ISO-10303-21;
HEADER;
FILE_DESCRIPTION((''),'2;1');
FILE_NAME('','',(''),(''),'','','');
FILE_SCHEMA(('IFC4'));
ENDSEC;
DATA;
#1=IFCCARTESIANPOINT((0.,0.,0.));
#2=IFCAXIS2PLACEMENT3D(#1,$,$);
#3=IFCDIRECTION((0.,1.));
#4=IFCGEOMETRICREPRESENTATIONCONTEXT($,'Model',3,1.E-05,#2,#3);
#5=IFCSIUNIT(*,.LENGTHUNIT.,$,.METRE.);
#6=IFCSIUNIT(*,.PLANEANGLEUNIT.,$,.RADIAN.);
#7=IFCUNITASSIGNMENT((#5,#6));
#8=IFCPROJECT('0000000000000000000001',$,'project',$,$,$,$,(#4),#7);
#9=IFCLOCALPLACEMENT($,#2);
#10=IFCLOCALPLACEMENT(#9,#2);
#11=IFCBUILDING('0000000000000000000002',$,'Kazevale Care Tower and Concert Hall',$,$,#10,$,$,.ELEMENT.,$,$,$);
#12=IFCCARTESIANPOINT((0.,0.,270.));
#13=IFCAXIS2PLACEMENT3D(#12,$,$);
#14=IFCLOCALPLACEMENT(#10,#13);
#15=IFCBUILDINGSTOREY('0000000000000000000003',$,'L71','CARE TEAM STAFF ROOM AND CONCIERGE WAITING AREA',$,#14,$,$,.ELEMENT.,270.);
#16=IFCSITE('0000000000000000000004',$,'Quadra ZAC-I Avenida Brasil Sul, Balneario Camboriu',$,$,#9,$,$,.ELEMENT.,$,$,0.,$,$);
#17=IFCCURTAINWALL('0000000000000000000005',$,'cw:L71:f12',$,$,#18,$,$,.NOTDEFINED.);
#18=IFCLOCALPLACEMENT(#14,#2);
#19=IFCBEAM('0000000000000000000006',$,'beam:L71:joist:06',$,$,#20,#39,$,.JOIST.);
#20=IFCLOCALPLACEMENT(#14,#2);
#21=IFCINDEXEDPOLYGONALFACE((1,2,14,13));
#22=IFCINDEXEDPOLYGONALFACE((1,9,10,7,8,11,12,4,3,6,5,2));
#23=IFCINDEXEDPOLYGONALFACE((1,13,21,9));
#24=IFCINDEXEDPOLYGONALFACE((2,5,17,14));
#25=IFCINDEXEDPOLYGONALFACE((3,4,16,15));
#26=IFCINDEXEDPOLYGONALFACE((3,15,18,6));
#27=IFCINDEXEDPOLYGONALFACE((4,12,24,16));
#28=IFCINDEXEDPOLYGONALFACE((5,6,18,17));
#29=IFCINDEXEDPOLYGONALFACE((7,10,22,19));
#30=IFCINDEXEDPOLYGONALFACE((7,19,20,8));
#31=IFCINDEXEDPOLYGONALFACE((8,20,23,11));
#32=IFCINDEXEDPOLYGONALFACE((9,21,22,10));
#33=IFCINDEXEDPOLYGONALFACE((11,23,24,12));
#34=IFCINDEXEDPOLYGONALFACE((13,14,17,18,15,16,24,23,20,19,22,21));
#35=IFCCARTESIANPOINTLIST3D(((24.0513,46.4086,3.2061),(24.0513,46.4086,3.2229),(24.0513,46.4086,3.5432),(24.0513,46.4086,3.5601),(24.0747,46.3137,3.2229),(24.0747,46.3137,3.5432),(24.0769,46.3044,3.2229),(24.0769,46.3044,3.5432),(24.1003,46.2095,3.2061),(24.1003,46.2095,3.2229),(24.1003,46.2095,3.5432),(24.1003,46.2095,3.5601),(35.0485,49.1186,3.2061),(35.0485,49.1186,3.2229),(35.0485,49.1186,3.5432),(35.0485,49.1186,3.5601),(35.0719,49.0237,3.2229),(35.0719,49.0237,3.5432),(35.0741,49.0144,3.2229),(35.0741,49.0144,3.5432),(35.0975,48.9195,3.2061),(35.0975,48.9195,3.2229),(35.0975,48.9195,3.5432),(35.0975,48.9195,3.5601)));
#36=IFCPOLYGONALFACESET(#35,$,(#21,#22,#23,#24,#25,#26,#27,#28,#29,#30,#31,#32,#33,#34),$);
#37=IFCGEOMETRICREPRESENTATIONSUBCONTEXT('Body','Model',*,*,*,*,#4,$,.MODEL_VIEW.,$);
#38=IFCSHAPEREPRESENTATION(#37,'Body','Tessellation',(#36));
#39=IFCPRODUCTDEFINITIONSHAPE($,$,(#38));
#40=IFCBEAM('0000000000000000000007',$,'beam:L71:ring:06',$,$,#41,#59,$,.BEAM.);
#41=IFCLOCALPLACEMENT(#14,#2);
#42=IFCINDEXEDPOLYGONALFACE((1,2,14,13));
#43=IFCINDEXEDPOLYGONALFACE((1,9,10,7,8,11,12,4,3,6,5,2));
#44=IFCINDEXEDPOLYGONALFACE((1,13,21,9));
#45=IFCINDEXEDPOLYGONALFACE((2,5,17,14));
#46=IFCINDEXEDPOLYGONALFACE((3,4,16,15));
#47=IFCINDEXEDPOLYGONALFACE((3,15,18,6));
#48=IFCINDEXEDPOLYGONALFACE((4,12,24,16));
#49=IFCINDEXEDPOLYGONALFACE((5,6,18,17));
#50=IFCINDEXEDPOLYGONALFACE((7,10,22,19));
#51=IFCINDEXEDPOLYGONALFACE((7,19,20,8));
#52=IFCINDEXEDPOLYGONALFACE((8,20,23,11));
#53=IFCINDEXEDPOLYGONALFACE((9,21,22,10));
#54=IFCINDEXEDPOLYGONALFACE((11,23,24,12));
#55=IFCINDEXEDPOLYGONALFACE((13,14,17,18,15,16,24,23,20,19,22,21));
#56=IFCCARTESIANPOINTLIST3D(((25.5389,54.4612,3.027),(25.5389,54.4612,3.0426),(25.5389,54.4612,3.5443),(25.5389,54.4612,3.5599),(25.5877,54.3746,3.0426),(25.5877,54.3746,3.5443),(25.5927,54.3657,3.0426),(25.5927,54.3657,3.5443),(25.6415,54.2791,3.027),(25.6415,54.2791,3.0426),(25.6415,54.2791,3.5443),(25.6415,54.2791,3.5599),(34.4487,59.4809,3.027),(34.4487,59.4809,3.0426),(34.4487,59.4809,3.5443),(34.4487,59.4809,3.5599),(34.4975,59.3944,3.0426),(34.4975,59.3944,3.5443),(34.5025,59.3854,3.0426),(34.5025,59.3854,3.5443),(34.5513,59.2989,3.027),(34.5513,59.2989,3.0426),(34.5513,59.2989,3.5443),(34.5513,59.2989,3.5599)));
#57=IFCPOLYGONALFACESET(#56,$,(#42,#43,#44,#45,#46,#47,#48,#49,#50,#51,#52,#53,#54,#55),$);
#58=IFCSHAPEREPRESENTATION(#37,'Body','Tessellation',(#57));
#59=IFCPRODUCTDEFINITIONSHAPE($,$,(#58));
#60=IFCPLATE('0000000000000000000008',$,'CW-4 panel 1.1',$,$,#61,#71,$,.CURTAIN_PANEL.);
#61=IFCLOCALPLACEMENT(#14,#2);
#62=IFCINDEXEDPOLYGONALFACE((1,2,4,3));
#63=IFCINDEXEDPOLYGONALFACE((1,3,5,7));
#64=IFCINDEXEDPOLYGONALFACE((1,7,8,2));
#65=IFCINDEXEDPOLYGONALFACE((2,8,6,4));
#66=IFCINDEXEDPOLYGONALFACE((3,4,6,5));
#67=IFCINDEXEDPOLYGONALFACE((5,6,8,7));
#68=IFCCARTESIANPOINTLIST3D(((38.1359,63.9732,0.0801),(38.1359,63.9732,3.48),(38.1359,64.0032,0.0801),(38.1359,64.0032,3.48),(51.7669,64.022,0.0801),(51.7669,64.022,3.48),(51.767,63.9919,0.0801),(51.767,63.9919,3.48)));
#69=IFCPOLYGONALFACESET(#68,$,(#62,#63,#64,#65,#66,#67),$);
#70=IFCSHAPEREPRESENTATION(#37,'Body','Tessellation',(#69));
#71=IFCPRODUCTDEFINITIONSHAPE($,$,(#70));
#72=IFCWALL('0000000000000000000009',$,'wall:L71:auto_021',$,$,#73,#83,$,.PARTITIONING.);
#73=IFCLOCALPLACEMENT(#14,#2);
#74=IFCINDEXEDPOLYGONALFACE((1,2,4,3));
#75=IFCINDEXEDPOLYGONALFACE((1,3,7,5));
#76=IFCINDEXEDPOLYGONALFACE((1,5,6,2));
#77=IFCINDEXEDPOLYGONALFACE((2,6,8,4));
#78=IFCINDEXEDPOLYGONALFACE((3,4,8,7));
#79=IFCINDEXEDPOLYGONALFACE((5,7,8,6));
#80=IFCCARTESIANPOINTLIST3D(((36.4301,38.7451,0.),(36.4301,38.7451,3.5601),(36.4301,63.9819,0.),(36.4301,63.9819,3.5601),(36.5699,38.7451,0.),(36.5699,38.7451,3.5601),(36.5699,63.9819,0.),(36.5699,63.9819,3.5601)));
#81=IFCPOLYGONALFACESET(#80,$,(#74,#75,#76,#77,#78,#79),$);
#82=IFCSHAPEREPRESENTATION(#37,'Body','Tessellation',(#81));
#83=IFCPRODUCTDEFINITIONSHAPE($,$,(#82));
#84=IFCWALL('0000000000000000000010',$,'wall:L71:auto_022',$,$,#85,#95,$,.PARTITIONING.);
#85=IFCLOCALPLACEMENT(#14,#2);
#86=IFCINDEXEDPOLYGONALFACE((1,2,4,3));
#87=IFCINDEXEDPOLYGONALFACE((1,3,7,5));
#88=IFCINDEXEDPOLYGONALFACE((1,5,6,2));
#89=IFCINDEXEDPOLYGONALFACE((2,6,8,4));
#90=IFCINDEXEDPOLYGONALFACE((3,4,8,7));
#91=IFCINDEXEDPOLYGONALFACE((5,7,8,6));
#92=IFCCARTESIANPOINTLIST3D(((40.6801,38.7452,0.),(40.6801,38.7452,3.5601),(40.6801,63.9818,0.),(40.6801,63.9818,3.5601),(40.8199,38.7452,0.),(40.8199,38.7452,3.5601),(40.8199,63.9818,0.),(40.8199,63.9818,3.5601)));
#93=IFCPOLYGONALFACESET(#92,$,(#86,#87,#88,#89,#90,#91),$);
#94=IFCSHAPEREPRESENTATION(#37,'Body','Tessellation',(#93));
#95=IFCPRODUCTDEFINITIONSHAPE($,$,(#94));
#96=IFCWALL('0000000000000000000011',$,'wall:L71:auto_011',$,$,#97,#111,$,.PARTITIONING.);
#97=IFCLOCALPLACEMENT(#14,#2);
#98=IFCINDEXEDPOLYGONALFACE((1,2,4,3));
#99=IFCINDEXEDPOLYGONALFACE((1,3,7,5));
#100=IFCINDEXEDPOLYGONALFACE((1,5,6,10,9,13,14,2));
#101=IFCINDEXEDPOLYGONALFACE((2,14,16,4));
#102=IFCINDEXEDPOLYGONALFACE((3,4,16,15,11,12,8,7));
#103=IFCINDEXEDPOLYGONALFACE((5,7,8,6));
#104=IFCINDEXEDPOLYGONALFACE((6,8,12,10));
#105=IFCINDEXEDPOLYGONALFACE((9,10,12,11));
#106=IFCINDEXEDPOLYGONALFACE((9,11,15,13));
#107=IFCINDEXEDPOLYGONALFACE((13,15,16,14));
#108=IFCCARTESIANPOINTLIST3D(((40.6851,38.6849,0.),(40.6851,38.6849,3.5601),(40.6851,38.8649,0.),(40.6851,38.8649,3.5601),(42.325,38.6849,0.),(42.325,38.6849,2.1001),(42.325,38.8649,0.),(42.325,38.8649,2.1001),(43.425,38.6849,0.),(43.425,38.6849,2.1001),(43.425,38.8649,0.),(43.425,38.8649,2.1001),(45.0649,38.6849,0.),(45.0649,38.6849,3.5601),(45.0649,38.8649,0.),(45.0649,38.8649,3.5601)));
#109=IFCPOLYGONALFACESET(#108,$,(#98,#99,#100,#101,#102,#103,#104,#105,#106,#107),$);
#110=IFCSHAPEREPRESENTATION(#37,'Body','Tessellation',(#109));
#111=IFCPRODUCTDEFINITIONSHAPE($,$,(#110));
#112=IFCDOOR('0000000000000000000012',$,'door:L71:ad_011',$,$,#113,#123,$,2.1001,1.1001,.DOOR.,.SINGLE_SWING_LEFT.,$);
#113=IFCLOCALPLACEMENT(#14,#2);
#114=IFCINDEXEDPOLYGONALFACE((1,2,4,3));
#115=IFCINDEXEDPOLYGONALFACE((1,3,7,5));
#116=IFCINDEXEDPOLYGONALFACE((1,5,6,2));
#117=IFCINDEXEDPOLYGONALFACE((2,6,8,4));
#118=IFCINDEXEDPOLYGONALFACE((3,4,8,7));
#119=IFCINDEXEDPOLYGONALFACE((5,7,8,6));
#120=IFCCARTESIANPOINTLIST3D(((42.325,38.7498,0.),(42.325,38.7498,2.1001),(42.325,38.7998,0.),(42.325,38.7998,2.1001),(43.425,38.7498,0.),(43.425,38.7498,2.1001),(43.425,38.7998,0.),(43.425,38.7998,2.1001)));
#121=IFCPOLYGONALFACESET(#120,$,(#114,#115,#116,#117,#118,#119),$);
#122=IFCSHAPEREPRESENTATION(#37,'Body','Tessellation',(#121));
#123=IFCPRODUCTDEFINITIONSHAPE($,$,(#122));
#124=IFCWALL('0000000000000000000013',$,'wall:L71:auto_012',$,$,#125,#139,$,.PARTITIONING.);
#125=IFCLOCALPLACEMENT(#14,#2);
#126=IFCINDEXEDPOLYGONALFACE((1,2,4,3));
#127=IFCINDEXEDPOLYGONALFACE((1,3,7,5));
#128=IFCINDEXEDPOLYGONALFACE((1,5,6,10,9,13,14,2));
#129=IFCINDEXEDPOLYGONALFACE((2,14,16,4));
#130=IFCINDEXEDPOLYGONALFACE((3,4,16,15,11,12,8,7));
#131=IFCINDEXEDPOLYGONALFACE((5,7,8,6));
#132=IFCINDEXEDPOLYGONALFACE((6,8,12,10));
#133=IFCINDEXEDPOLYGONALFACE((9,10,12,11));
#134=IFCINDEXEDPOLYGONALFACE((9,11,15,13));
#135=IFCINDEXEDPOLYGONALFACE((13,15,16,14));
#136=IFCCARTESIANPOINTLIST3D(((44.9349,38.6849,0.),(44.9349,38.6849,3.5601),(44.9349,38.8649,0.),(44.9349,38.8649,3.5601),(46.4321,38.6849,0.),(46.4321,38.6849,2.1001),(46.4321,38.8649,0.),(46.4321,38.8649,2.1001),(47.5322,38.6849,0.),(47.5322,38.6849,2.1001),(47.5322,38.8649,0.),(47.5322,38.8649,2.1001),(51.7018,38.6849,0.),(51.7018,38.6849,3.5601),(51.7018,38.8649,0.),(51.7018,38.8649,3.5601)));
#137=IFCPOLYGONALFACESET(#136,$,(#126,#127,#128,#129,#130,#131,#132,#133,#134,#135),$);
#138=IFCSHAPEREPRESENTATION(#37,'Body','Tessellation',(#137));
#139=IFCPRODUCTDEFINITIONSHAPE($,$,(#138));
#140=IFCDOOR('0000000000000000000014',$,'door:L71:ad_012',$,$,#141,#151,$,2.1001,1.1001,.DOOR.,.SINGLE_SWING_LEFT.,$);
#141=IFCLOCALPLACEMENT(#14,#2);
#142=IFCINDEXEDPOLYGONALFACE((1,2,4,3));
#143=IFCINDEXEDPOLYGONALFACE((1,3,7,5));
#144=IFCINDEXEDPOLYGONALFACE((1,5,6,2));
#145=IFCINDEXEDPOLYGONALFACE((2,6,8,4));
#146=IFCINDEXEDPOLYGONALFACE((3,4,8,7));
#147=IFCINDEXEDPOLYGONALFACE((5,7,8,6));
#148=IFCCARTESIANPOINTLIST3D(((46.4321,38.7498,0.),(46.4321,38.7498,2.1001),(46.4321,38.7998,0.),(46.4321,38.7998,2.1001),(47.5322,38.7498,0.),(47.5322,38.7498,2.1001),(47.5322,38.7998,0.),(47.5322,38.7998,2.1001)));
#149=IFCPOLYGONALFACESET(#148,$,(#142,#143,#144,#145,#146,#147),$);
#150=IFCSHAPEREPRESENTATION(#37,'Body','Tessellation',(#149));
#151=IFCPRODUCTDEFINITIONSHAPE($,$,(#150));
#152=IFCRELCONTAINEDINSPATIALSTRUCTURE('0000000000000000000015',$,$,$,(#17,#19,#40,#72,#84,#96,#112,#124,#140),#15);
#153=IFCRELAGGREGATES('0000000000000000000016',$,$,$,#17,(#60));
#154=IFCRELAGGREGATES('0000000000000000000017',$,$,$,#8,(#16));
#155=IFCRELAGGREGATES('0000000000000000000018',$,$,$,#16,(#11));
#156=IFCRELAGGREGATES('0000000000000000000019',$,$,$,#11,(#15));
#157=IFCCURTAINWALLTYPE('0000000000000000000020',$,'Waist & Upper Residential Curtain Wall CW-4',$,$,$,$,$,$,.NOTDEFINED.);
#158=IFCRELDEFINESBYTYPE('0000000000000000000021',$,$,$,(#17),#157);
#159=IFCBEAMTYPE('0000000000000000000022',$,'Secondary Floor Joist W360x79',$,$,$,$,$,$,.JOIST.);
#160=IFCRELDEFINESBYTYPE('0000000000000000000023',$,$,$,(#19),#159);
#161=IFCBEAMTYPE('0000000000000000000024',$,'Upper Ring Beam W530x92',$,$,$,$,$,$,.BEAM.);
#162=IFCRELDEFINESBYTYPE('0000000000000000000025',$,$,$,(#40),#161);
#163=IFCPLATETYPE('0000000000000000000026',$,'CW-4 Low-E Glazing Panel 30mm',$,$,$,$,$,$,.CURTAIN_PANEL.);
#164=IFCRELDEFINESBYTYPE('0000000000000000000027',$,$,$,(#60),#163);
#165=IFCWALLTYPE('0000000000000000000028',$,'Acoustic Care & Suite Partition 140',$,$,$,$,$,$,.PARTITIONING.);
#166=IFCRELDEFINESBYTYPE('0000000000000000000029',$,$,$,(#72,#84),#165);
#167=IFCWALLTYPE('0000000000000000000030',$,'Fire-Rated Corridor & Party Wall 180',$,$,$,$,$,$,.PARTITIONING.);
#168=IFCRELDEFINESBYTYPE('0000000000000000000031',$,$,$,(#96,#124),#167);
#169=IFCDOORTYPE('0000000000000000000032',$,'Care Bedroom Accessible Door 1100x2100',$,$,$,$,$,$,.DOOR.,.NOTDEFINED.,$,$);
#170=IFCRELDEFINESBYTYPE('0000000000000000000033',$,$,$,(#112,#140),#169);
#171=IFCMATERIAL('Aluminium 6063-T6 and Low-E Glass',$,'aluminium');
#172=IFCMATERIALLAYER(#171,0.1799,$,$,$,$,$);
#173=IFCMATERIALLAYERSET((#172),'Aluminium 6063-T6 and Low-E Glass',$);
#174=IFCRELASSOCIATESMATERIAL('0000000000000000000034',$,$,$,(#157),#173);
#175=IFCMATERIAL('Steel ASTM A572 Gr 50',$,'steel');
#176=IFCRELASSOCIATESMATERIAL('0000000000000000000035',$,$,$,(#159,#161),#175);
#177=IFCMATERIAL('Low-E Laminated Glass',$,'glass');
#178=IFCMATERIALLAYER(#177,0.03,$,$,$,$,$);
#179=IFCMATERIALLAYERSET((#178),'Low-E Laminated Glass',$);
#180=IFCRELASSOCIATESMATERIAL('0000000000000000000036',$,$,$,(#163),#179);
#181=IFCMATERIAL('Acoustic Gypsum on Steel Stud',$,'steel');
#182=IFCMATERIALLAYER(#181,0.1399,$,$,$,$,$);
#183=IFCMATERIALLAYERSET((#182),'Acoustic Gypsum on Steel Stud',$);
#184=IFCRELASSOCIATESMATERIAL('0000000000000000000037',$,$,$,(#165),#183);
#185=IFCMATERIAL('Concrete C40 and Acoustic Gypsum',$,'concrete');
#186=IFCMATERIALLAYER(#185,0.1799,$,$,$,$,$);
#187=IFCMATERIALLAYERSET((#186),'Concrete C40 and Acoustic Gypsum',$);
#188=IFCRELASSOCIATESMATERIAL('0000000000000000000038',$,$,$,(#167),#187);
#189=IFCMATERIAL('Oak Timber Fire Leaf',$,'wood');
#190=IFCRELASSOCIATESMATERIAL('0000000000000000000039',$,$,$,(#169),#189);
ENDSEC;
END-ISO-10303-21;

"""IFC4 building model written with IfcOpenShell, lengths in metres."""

from ifc_helpers import new_model, si_unit, direction, frame, frame_2d, origin, origin_2d, place, context, subcontext, project, spatial, rectangle, i_section, extrude, material, layer, layer_set, material_profile, profile_set, type_object, element, fill, aggregate, save


model = new_model("IFC4")

# Units and contexts
model_context = context("Model", 3, precision=1e-05, world=origin(), true_north=direction((0.0, 1.0)))
body_context = subcontext(model_context, "Body", "Model", "MODEL_VIEW")
ifc_project = project(units=[si_unit("LENGTHUNIT", "METRE"), si_unit("PLANEANGLEUNIT", "RADIAN")], contexts=[model_context])

# Site, building, storey
site_placement = place(None, origin())
site = spatial("IfcSite", under=ifc_project, at=site_placement, Name="Quadra ZAC-I Avenida Brasil Sul, Balneario Camboriu", CompositionType="ELEMENT", RefElevation=0.0)
building_placement = place(site_placement, origin())
building = spatial("IfcBuilding", under=site, at=building_placement, Name="Kazevale Care Tower and Concert Hall", CompositionType="ELEMENT")
storey_placement = place(building_placement, frame((0.0, 0.0, 270.0)))
storey = spatial("IfcBuildingStorey", under=building, at=storey_placement, Name="L71", Description="CARE TEAM STAFF ROOM AND CONCIERGE WAITING AREA", CompositionType="ELEMENT", Elevation=270.0)

# Shared definitions
ifc_material_1 = material(Name="Aluminium 6063-T6 and Low-E Glass", Category="aluminium")
ifc_layer_1 = layer(ifc_material_1, 0.1799)
ifc_layer_set_1 = layer_set([ifc_layer_1], Name="Aluminium 6063-T6 and Low-E Glass")
curtain_wall_type = type_object("IfcCurtainWallType", Name="Waist & Upper Residential Curtain Wall CW-4", PredefinedType="NOTDEFINED", material=ifc_layer_set_1)

# Curtain wall
curtain_wall_1_placement = place(storey_placement, origin())
curtain_wall_1 = element("IfcCurtainWall", 1, at=curtain_wall_1_placement, inside=storey, type_object=curtain_wall_type, Name="cw:L71:f12", PredefinedType="NOTDEFINED")

# Beams
ifc_material_2 = material(Name="Steel ASTM A572 Gr 50", Category="steel")
ifc_material_profile_1 = material_profile(ifc_material_2, i_section(OverallWidth=0.2051, OverallDepth=0.354, WebThickness=0.0095, FlangeThickness=0.0168, at=origin_2d()), Name="W360x79")
ifc_profile_set_1 = profile_set([ifc_material_profile_1], Name="Steel ASTM A572 Gr 50")
beam_type_1 = type_object("IfcBeamType", Name="Secondary Floor Joist W360x79", PredefinedType="JOIST", material=ifc_profile_set_1)
beam_1_placement = place(storey_placement, frame((35.073, 49.019, 3.3831), z_axis=(-0.970954, -0.239268, 0.0), x_axis=(0.239268, -0.970954, 0.0)))
element("IfcBeam", 2, at=beam_1_placement, inside=storey, type_object=beam_type_1, Name="beam:L71:joist:06", PredefinedType="JOIST", context=body_context, shape_type="SweptSolid", body=[
    extrude(i_section(OverallWidth=0.2051, OverallDepth=0.354, WebThickness=0.0095, FlangeThickness=0.0168, at=origin_2d()), origin(), (0.0, 0.0, 1.0), 11.3262),
])
ifc_material_profile_2 = material_profile(ifc_material_2, i_section(OverallWidth=0.209, OverallDepth=0.533, WebThickness=0.0103, FlangeThickness=0.0156, at=origin_2d()), Name="W530x92")
ifc_profile_set_2 = profile_set([ifc_material_profile_2], Name="Steel ASTM A572 Gr 50")
beam_type_2 = type_object("IfcBeamType", Name="Upper Ring Beam W530x92", PredefinedType="BEAM", material=ifc_profile_set_2)
beam_2_placement = place(storey_placement, frame((34.5, 59.3899, 3.2935), z_axis=(-0.871243, -0.490852, 0.0), x_axis=(0.490852, -0.871243, 0.0)))
element("IfcBeam", 3, at=beam_2_placement, inside=storey, type_object=beam_type_2, Name="beam:L71:ring:06", PredefinedType="BEAM", context=body_context, shape_type="SweptSolid", body=[
    extrude(i_section(OverallWidth=0.209, OverallDepth=0.533, WebThickness=0.0103, FlangeThickness=0.0156, at=origin_2d()), origin(), (0.0, 0.0, 1.0), 10.2266),
])

# Plate
ifc_material_3 = material(Name="Low-E Laminated Glass", Category="glass")
ifc_layer_2 = layer(ifc_material_3, 0.03)
ifc_layer_set_2 = layer_set([ifc_layer_2], Name="Low-E Laminated Glass")
plate_type = type_object("IfcPlateType", Name="CW-4 Low-E Glazing Panel 30mm", PredefinedType="CURTAIN_PANEL", material=ifc_layer_set_2)
plate_placement = place(storey_placement, frame((44.9514, 63.9976, 0.0801), z_axis=(0.0, 0.0, 1.0), x_axis=(0.999999, 0.001378, 0.0)))
plate = element("IfcPlate", 4, at=plate_placement, type_object=plate_type, Name="CW-4 panel 1.1", PredefinedType="CURTAIN_PANEL", context=body_context, shape_type="SweptSolid", body=[
    extrude(rectangle(XDim=13.6311, YDim=0.03, at=origin_2d()), origin(), (0.0, 0.0, 1.0), 3.3999),
])
aggregate(curtain_wall_1, [plate])

# Walls
ifc_material_4 = material(Name="Acoustic Gypsum on Steel Stud", Category="steel")
ifc_layer_3 = layer(ifc_material_4, 0.1399)
ifc_layer_set_3 = layer_set([ifc_layer_3], Name="Acoustic Gypsum on Steel Stud")
wall_type_1 = type_object("IfcWallType", Name="Acoustic Care & Suite Partition 140", PredefinedType="PARTITIONING", material=ifc_layer_set_3)
wall_1_placement = place(storey_placement, frame((36.5, 63.9819, 0.0), z_axis=(0.0, 0.0, 1.0), x_axis=(0.0, -1.0, 0.0)))
element("IfcWall", 5, at=wall_1_placement, inside=storey, type_object=wall_type_1, Name="wall:L71:auto_021", PredefinedType="PARTITIONING", context=body_context, shape_type="SweptSolid", body=[
    extrude(rectangle(XDim=25.2368, YDim=0.1399, at=frame_2d((12.6184, 0.0))), origin(), (0.0, 0.0, 1.0), 3.5601),
])
wall_2_placement = place(storey_placement, frame((40.75, 63.9817, 0.0), z_axis=(0.0, 0.0, 1.0), x_axis=(0.0, -1.0, 0.0)))
element("IfcWall", 6, at=wall_2_placement, inside=storey, type_object=wall_type_1, Name="wall:L71:auto_022", PredefinedType="PARTITIONING", context=body_context, shape_type="SweptSolid", body=[
    extrude(rectangle(XDim=25.2366, YDim=0.1399, at=frame_2d((12.6182, 0.0))), origin(), (0.0, 0.0, 1.0), 3.5601),
])

# Walls, openings, doors
ifc_material_5 = material(Name="Concrete C40 and Acoustic Gypsum", Category="concrete")
ifc_layer_4 = layer(ifc_material_5, 0.1799)
ifc_layer_set_4 = layer_set([ifc_layer_4], Name="Concrete C40 and Acoustic Gypsum")
wall_type_2 = type_object("IfcWallType", Name="Fire-Rated Corridor & Party Wall 180", PredefinedType="PARTITIONING", material=ifc_layer_set_4)
wall_3_placement = place(storey_placement, frame((40.6851, 38.7749, 0.0), z_axis=(0.0, 0.0, 1.0), x_axis=(1.0, 0.0, 0.0)))
wall_3 = element("IfcWall", 7, at=wall_3_placement, inside=storey, type_object=wall_type_2, Name="wall:L71:auto_011", PredefinedType="PARTITIONING", context=body_context, shape_type="SweptSolid", body=[
    extrude(rectangle(XDim=4.3799, YDim=0.1799, at=frame_2d((2.1899, 0.0))), origin(), (0.0, 0.0, 1.0), 3.5601),
])
opening_1_placement = place(wall_3_placement, frame((1.6399, 0.0, 0.0)))
opening_1 = element("IfcOpeningElement", 8, at=opening_1_placement, cuts=wall_3, PredefinedType="OPENING", context=body_context, shape_type="SweptSolid", body=[
    extrude(rectangle(XDim=1.1001, YDim=2.1001, at=frame_2d((0.55, 1.05))), frame((0.0, 0.0999, 0.0), z_axis=(0.0, -1.0, 0.0), x_axis=(1.0, 0.0, 0.0)), (0.0, 0.0, 1.0), 0.2),
])
ifc_material_6 = material(Name="Oak Timber Fire Leaf", Category="wood")
door_type = type_object("IfcDoorType", Name="Care Bedroom Accessible Door 1100x2100", OperationType="NOTDEFINED", PredefinedType="DOOR", material=ifc_material_6)
door_1_placement = place(opening_1_placement, origin())
door_1 = element("IfcDoor", 9, at=door_1_placement, inside=storey, type_object=door_type, Name="door:L71:ad_011", OperationType="SINGLE_SWING_LEFT", OverallHeight=2.1001, OverallWidth=1.1001, PredefinedType="DOOR", context=body_context, shape_type="SweptSolid", body=[
    extrude(rectangle(XDim=1.1001, YDim=2.1001, at=frame_2d((0.55, 1.05))), frame((0.0, 0.0249, 0.0), z_axis=(0.0, -1.0, 0.0), x_axis=(1.0, 0.0, 0.0)), (0.0, 0.0, 1.0), 0.05),
])
fill(opening_1, door_1)
wall_4_placement = place(storey_placement, frame((44.9351, 38.7749, 0.0), z_axis=(0.0, 0.0, 1.0), x_axis=(1.0, 0.0, 0.0)))
wall_4 = element("IfcWall", 10, at=wall_4_placement, inside=storey, type_object=wall_type_2, Name="wall:L71:auto_012", PredefinedType="PARTITIONING", context=body_context, shape_type="SweptSolid", body=[
    extrude(rectangle(XDim=6.7668, YDim=0.1799, at=frame_2d((3.3833, 0.0))), origin(), (0.0, 0.0, 1.0), 3.5601),
])
opening_2_placement = place(wall_4_placement, frame((1.4971, 0.0, 0.0)))
opening_2 = element("IfcOpeningElement", 11, at=opening_2_placement, cuts=wall_4, PredefinedType="OPENING", context=body_context, shape_type="SweptSolid", body=[
    extrude(rectangle(XDim=1.1001, YDim=2.1001, at=frame_2d((0.55, 1.05))), frame((0.0, 0.0999, 0.0), z_axis=(0.0, -1.0, 0.0), x_axis=(1.0, 0.0, 0.0)), (0.0, 0.0, 1.0), 0.2),
])
door_2_placement = place(opening_2_placement, origin())
door_2 = element("IfcDoor", 12, at=door_2_placement, inside=storey, type_object=door_type, Name="door:L71:ad_012", OperationType="SINGLE_SWING_LEFT", OverallHeight=2.1001, OverallWidth=1.1001, PredefinedType="DOOR", context=body_context, shape_type="SweptSolid", body=[
    extrude(rectangle(XDim=1.1001, YDim=2.1001, at=frame_2d((0.55, 1.05))), frame((0.0, 0.0249, 0.0), z_axis=(0.0, -1.0, 0.0), x_axis=(1.0, 0.0, 0.0)), (0.0, 0.0, 1.0), 0.05),
])
fill(opening_2, door_2)

save(model, "model.ifc")
